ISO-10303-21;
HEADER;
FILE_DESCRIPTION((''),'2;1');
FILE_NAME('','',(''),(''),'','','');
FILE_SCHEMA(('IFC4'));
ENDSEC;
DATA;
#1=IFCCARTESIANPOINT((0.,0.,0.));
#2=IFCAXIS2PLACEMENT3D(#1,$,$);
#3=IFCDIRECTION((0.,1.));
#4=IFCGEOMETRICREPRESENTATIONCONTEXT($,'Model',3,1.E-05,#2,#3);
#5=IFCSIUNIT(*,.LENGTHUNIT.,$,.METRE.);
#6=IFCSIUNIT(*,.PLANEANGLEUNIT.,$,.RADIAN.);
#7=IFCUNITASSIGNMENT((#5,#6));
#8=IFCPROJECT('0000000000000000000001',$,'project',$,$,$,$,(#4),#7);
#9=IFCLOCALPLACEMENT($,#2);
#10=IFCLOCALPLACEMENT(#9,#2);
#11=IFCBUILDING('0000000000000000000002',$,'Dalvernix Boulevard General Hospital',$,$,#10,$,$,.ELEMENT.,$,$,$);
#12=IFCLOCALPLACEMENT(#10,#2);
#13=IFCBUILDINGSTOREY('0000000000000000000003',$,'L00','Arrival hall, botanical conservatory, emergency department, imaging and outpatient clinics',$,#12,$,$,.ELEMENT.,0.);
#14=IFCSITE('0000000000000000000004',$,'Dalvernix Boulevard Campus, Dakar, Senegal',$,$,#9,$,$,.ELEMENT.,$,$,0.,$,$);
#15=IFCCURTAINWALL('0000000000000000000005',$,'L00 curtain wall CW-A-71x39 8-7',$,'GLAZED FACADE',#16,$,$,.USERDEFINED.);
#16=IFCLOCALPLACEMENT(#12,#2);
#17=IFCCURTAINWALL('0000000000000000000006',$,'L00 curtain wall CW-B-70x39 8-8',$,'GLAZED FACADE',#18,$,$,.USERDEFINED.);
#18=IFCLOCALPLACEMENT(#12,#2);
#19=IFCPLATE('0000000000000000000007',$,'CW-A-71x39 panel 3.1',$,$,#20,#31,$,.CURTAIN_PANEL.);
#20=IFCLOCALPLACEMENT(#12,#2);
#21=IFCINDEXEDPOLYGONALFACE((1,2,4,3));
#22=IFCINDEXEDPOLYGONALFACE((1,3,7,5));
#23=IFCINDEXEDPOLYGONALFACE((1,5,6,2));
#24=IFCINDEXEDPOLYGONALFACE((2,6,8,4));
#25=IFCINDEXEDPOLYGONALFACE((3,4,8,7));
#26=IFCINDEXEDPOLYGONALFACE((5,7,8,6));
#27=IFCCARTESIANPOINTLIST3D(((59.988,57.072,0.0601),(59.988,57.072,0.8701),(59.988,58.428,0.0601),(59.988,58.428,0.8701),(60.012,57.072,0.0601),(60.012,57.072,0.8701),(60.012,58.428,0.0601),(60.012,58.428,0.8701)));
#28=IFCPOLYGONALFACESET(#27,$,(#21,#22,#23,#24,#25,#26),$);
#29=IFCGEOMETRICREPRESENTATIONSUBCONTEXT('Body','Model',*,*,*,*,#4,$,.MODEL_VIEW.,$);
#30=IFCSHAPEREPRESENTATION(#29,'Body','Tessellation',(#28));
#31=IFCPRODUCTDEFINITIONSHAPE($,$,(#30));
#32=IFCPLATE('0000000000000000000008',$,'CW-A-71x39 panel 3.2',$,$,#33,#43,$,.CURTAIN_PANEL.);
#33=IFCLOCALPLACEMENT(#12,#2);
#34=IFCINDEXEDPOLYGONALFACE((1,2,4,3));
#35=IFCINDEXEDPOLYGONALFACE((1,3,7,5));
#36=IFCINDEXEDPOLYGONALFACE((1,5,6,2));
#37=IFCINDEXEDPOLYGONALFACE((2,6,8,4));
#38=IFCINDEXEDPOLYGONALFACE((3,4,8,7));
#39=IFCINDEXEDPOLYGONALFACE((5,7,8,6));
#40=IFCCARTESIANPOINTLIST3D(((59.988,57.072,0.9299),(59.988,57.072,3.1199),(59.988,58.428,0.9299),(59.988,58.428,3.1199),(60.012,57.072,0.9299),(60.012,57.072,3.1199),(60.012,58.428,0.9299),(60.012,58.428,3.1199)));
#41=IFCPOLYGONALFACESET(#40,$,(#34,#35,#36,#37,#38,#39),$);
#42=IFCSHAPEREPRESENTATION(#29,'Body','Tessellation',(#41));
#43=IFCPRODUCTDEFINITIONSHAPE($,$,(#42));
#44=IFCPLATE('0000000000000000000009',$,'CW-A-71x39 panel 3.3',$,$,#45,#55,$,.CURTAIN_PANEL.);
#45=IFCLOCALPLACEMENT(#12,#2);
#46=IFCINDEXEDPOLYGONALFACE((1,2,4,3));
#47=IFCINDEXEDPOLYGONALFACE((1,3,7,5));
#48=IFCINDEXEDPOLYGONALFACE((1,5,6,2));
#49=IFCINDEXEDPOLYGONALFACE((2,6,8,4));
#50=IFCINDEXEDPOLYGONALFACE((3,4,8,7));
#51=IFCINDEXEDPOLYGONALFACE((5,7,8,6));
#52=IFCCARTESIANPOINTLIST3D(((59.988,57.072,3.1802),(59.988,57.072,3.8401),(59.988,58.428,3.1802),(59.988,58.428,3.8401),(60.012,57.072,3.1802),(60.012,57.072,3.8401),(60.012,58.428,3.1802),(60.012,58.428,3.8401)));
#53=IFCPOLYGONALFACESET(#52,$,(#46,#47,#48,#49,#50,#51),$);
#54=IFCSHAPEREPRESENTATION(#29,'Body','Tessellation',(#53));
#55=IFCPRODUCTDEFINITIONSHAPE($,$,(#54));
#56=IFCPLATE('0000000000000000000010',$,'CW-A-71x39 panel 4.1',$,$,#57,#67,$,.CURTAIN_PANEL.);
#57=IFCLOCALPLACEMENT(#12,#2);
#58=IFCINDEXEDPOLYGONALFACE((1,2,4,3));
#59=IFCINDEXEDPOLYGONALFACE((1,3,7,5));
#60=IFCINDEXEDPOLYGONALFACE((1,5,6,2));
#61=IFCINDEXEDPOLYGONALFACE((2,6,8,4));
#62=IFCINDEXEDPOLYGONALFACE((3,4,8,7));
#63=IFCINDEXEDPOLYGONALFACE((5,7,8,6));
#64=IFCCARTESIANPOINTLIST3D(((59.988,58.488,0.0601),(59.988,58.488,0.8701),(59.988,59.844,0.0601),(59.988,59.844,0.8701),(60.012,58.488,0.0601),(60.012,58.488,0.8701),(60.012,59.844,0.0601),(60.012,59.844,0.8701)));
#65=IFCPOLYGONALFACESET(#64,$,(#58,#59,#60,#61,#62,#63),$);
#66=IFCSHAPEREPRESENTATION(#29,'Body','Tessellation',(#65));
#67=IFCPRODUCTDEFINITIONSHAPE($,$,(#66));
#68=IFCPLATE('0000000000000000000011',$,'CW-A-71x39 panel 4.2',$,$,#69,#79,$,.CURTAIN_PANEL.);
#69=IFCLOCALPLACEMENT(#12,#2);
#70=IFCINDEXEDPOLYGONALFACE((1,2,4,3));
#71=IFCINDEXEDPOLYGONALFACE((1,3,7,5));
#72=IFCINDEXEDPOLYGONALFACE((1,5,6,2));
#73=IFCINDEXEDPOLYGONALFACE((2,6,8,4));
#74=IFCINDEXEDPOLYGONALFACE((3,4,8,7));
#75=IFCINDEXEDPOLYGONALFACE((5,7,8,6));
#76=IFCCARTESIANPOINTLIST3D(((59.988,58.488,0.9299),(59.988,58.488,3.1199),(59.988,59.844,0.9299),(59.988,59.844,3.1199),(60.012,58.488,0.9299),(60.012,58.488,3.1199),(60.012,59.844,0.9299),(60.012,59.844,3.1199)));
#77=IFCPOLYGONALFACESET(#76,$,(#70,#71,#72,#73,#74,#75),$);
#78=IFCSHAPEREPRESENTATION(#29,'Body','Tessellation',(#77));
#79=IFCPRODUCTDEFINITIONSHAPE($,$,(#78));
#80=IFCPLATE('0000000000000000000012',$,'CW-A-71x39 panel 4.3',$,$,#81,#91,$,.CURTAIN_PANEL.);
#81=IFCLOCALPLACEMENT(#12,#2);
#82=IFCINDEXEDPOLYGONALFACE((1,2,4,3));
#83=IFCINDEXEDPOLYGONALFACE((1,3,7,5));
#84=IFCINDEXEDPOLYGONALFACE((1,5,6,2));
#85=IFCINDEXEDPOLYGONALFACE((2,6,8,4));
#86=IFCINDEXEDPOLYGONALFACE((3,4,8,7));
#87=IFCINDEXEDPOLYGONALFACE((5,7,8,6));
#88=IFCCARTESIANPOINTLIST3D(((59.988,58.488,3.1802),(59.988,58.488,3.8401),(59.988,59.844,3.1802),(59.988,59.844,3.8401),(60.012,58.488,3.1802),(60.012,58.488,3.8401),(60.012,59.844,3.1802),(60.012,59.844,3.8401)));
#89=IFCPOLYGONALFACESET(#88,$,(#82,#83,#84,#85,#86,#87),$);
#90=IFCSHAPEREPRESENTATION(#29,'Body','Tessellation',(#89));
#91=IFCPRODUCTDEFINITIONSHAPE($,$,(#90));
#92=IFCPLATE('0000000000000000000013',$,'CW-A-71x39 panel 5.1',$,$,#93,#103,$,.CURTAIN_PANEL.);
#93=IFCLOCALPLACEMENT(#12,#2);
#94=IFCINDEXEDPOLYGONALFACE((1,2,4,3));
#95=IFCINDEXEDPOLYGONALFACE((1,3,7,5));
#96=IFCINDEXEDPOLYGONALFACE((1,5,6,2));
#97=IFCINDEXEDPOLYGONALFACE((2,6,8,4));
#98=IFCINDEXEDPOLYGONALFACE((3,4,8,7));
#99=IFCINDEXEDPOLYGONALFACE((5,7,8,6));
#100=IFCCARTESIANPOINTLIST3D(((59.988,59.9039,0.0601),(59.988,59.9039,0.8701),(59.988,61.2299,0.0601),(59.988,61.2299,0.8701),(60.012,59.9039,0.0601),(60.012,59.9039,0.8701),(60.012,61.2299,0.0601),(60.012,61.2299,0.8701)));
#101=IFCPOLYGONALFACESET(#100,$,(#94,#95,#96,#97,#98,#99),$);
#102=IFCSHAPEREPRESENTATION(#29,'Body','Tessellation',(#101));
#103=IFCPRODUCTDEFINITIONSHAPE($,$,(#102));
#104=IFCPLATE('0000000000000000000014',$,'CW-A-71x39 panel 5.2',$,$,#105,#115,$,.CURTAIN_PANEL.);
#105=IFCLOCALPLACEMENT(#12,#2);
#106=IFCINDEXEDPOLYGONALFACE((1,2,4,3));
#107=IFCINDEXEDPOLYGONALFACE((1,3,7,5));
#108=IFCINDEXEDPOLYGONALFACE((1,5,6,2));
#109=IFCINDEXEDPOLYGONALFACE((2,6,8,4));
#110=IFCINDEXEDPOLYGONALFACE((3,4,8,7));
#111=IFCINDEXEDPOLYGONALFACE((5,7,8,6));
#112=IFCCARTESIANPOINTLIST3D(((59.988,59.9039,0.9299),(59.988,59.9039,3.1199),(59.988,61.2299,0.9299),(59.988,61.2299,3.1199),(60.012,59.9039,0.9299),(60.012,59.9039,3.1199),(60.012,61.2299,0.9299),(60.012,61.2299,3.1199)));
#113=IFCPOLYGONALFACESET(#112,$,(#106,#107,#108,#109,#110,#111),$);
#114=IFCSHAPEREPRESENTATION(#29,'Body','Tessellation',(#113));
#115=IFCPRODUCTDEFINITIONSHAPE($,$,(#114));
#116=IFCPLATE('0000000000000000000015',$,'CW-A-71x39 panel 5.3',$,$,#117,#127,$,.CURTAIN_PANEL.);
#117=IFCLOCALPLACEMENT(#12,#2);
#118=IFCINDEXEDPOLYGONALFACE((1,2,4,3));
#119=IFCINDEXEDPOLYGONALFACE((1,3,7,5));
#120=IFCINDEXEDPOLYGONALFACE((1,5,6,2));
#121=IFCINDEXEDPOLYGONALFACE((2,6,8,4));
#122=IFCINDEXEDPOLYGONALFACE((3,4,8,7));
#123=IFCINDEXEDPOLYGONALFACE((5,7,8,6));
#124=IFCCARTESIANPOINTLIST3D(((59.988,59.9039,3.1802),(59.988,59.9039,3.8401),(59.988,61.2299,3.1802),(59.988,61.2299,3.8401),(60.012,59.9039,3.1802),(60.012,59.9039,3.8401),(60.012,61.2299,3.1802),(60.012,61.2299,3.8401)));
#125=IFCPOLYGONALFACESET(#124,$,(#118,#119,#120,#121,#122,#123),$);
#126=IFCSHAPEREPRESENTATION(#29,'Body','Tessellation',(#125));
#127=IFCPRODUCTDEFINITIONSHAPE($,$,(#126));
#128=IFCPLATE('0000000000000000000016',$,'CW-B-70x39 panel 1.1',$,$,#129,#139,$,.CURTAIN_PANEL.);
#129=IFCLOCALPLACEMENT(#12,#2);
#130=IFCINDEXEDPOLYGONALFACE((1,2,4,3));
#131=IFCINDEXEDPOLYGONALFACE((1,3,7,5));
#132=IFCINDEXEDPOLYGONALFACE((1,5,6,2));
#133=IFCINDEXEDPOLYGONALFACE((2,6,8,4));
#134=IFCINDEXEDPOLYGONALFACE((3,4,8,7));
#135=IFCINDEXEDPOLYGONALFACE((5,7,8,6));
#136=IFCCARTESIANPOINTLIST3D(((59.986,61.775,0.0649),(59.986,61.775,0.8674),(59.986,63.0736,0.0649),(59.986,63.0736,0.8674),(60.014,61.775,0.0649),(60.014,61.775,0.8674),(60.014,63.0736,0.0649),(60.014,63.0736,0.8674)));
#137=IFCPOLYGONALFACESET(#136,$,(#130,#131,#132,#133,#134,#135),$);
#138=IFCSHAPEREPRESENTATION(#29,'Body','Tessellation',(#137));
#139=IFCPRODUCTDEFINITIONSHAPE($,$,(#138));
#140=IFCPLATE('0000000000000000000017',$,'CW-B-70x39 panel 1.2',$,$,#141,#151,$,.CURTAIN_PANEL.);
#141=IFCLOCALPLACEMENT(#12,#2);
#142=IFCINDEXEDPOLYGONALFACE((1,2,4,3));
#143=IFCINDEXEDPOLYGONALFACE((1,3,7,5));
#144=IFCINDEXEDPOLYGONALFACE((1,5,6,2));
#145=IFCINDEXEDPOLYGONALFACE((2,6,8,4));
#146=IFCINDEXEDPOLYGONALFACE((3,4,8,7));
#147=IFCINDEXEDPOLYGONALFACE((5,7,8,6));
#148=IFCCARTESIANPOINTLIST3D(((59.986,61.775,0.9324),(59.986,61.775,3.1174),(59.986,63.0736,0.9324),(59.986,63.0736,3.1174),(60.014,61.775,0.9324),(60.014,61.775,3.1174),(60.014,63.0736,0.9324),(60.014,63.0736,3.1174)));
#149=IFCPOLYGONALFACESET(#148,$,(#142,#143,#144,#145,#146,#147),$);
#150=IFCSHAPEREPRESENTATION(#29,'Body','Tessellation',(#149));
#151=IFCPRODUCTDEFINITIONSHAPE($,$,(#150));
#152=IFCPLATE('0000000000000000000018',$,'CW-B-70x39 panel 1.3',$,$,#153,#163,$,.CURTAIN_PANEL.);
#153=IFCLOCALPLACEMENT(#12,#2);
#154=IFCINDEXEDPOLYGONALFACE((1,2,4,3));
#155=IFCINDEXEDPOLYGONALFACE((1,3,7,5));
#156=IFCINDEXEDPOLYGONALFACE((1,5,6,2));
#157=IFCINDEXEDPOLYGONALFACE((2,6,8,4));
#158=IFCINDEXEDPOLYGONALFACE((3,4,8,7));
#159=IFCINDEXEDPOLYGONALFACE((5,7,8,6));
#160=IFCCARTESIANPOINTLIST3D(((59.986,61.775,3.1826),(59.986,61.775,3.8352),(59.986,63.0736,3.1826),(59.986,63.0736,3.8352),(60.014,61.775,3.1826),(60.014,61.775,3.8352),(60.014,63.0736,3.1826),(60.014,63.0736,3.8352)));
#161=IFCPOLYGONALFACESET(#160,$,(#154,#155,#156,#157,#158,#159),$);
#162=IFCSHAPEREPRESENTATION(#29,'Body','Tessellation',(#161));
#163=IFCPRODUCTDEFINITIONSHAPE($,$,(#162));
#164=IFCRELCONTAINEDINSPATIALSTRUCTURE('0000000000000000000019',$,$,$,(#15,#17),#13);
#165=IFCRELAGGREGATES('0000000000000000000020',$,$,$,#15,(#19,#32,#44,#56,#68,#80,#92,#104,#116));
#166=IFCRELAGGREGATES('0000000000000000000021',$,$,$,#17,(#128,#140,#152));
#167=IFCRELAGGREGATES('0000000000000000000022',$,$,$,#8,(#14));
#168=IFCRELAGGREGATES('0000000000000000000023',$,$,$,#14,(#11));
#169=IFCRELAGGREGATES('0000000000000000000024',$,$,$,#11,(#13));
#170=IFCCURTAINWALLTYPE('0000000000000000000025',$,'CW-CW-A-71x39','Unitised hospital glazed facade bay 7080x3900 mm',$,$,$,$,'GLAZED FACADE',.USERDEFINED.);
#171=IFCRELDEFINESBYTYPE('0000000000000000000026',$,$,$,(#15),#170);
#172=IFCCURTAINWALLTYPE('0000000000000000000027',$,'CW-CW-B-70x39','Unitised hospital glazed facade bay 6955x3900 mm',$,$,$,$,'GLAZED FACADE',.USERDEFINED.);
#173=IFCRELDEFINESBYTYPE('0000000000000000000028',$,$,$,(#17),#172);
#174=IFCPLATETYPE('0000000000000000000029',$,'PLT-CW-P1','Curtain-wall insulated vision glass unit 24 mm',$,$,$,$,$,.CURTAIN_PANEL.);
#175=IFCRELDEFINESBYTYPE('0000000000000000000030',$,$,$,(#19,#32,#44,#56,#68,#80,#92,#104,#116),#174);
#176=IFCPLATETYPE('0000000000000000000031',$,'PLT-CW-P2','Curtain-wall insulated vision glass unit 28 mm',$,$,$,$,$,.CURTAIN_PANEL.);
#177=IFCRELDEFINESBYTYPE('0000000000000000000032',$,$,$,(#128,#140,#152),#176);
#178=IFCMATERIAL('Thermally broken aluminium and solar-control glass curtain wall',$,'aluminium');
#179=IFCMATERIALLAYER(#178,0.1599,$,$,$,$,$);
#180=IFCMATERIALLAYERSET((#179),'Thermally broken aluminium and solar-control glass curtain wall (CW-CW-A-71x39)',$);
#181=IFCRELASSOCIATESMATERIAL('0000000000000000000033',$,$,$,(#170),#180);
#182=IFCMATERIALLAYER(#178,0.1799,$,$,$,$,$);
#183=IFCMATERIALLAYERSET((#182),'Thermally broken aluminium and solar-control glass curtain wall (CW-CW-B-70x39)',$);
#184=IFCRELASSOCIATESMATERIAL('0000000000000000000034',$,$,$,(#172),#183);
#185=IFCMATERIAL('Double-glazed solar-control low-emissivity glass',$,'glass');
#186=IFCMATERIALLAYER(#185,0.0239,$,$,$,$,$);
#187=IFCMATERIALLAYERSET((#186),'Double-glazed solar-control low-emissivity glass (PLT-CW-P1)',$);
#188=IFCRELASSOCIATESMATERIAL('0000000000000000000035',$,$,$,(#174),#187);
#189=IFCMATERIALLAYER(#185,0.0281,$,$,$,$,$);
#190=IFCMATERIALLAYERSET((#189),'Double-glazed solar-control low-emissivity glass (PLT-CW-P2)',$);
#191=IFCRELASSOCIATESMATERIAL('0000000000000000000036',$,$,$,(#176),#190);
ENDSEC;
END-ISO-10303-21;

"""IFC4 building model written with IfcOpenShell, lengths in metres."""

from ifc_helpers import new_model, si_unit, direction, frame, origin, origin_2d, place, context, subcontext, project, spatial, rectangle, extrude, material, layer, layer_set, type_object, element, aggregate, save


model = new_model("IFC4")

# Units and contexts
model_context = context("Model", 3, precision=1e-05, world=origin(), true_north=direction((0.0, 1.0)))
body_context = subcontext(model_context, "Body", "Model", "MODEL_VIEW")
ifc_project = project(units=[si_unit("LENGTHUNIT", "METRE"), si_unit("PLANEANGLEUNIT", "RADIAN")], contexts=[model_context])

# Site, building, storey
site_placement = place(None, origin())
site = spatial("IfcSite", under=ifc_project, at=site_placement, Name="Dalvernix Boulevard Campus, Dakar, Senegal", CompositionType="ELEMENT", RefElevation=0.0)
building_placement = place(site_placement, origin())
building = spatial("IfcBuilding", under=site, at=building_placement, Name="Dalvernix Boulevard General Hospital", CompositionType="ELEMENT")
storey_placement = place(building_placement, origin())
storey = spatial("IfcBuildingStorey", under=building, at=storey_placement, Name="L00", Description="Arrival hall, botanical conservatory, emergency department, imaging and outpatient clinics", CompositionType="ELEMENT", Elevation=0.0)

# Curtain walls
ifc_material_1 = material(Name="Thermally broken aluminium and solar-control glass curtain wall", Category="aluminium")
ifc_layer_1 = layer(ifc_material_1, 0.1599)
ifc_layer_set_1 = layer_set([ifc_layer_1], Name="Thermally broken aluminium and solar-control glass curtain wall (CW-CW-A-71x39)")
curtain_wall_type_1 = type_object("IfcCurtainWallType", Name="CW-CW-A-71x39", Description="Unitised hospital glazed facade bay 7080x3900 mm", ElementType="GLAZED FACADE", PredefinedType="USERDEFINED", material=ifc_layer_set_1)
curtain_wall_1_placement = place(storey_placement, origin())
curtain_wall_1 = element("IfcCurtainWall", 1, at=curtain_wall_1_placement, inside=storey, type_object=curtain_wall_type_1, Name="L00 curtain wall CW-A-71x39 8-7", ObjectType="GLAZED FACADE", PredefinedType="USERDEFINED")
ifc_layer_2 = layer(ifc_material_1, 0.1799)
ifc_layer_set_2 = layer_set([ifc_layer_2], Name="Thermally broken aluminium and solar-control glass curtain wall (CW-CW-B-70x39)")
curtain_wall_type_2 = type_object("IfcCurtainWallType", Name="CW-CW-B-70x39", Description="Unitised hospital glazed facade bay 6955x3900 mm", ElementType="GLAZED FACADE", PredefinedType="USERDEFINED", material=ifc_layer_set_2)
curtain_wall_2_placement = place(storey_placement, origin())
curtain_wall_2 = element("IfcCurtainWall", 2, at=curtain_wall_2_placement, inside=storey, type_object=curtain_wall_type_2, Name="L00 curtain wall CW-B-70x39 8-8", ObjectType="GLAZED FACADE", PredefinedType="USERDEFINED")

# Plates
ifc_material_2 = material(Name="Double-glazed solar-control low-emissivity glass", Category="glass")
ifc_layer_3 = layer(ifc_material_2, 0.0239)
ifc_layer_set_3 = layer_set([ifc_layer_3], Name="Double-glazed solar-control low-emissivity glass (PLT-CW-P1)")
plate_type_1 = type_object("IfcPlateType", Name="PLT-CW-P1", Description="Curtain-wall insulated vision glass unit 24 mm", PredefinedType="CURTAIN_PANEL", material=ifc_layer_set_3)
plate_1_placement = place(storey_placement, frame((60.0, 57.75, 0.0601), z_axis=(0.0, 0.0, 1.0), x_axis=(0.0, 1.0, 0.0)))
plate_1 = element("IfcPlate", 3, at=plate_1_placement, type_object=plate_type_1, Name="CW-A-71x39 panel 3.1", PredefinedType="CURTAIN_PANEL", context=body_context, shape_type="SweptSolid", body=[
    extrude(rectangle(XDim=1.356, YDim=0.0239, at=origin_2d()), origin(), (0.0, 0.0, 1.0), 0.8101),
])
plate_2_placement = place(storey_placement, frame((60.0, 57.75, 0.9299), z_axis=(0.0, 0.0, 1.0), x_axis=(0.0, 1.0, 0.0)))
plate_2 = element("IfcPlate", 4, at=plate_2_placement, type_object=plate_type_1, Name="CW-A-71x39 panel 3.2", PredefinedType="CURTAIN_PANEL", context=body_context, shape_type="SweptSolid", body=[
    extrude(rectangle(XDim=1.356, YDim=0.0239, at=origin_2d()), origin(), (0.0, 0.0, 1.0), 2.1899),
])
plate_3_placement = place(storey_placement, frame((60.0, 57.75, 3.1802), z_axis=(0.0, 0.0, 1.0), x_axis=(0.0, 1.0, 0.0)))
plate_3 = element("IfcPlate", 5, at=plate_3_placement, type_object=plate_type_1, Name="CW-A-71x39 panel 3.3", PredefinedType="CURTAIN_PANEL", context=body_context, shape_type="SweptSolid", body=[
    extrude(rectangle(XDim=1.356, YDim=0.0239, at=origin_2d()), origin(), (0.0, 0.0, 1.0), 0.6599),
])
plate_4_placement = place(storey_placement, frame((60.0, 59.166, 0.0601), z_axis=(0.0, 0.0, 1.0), x_axis=(0.0, 1.0, 0.0)))
plate_4 = element("IfcPlate", 6, at=plate_4_placement, type_object=plate_type_1, Name="CW-A-71x39 panel 4.1", PredefinedType="CURTAIN_PANEL", context=body_context, shape_type="SweptSolid", body=[
    extrude(rectangle(XDim=1.356, YDim=0.0239, at=origin_2d()), origin(), (0.0, 0.0, 1.0), 0.8101),
])
plate_5_placement = place(storey_placement, frame((60.0, 59.166, 0.9299), z_axis=(0.0, 0.0, 1.0), x_axis=(0.0, 1.0, 0.0)))
plate_5 = element("IfcPlate", 7, at=plate_5_placement, type_object=plate_type_1, Name="CW-A-71x39 panel 4.2", PredefinedType="CURTAIN_PANEL", context=body_context, shape_type="SweptSolid", body=[
    extrude(rectangle(XDim=1.356, YDim=0.0239, at=origin_2d()), origin(), (0.0, 0.0, 1.0), 2.1899),
])
plate_6_placement = place(storey_placement, frame((60.0, 59.166, 3.1802), z_axis=(0.0, 0.0, 1.0), x_axis=(0.0, 1.0, 0.0)))
plate_6 = element("IfcPlate", 8, at=plate_6_placement, type_object=plate_type_1, Name="CW-A-71x39 panel 4.3", PredefinedType="CURTAIN_PANEL", context=body_context, shape_type="SweptSolid", body=[
    extrude(rectangle(XDim=1.356, YDim=0.0239, at=origin_2d()), origin(), (0.0, 0.0, 1.0), 0.6599),
])
plate_7_placement = place(storey_placement, frame((60.0, 60.5669, 0.0601), z_axis=(0.0, 0.0, 1.0), x_axis=(0.0, 1.0, 0.0)))
plate_7 = element("IfcPlate", 9, at=plate_7_placement, type_object=plate_type_1, Name="CW-A-71x39 panel 5.1", PredefinedType="CURTAIN_PANEL", context=body_context, shape_type="SweptSolid", body=[
    extrude(rectangle(XDim=1.3259, YDim=0.0239, at=origin_2d()), origin(), (0.0, 0.0, 1.0), 0.8101),
])
plate_8_placement = place(storey_placement, frame((60.0, 60.5669, 0.9299), z_axis=(0.0, 0.0, 1.0), x_axis=(0.0, 1.0, 0.0)))
plate_8 = element("IfcPlate", 10, at=plate_8_placement, type_object=plate_type_1, Name="CW-A-71x39 panel 5.2", PredefinedType="CURTAIN_PANEL", context=body_context, shape_type="SweptSolid", body=[
    extrude(rectangle(XDim=1.3259, YDim=0.0239, at=origin_2d()), origin(), (0.0, 0.0, 1.0), 2.1899),
])
plate_9_placement = place(storey_placement, frame((60.0, 60.5669, 3.1802), z_axis=(0.0, 0.0, 1.0), x_axis=(0.0, 1.0, 0.0)))
plate_9 = element("IfcPlate", 11, at=plate_9_placement, type_object=plate_type_1, Name="CW-A-71x39 panel 5.3", PredefinedType="CURTAIN_PANEL", context=body_context, shape_type="SweptSolid", body=[
    extrude(rectangle(XDim=1.3259, YDim=0.0239, at=origin_2d()), origin(), (0.0, 0.0, 1.0), 0.6599),
])
aggregate(curtain_wall_1, [plate_1, plate_2, plate_3, plate_4, plate_5, plate_6, plate_7, plate_8, plate_9])
ifc_layer_4 = layer(ifc_material_2, 0.0281)
ifc_layer_set_4 = layer_set([ifc_layer_4], Name="Double-glazed solar-control low-emissivity glass (PLT-CW-P2)")
plate_type_2 = type_object("IfcPlateType", Name="PLT-CW-P2", Description="Curtain-wall insulated vision glass unit 28 mm", PredefinedType="CURTAIN_PANEL", material=ifc_layer_set_4)
plate_10_placement = place(storey_placement, frame((60.0, 62.4243, 0.0649), z_axis=(0.0, 0.0, 1.0), x_axis=(0.0, 1.0, 0.0)))
plate_10 = element("IfcPlate", 12, at=plate_10_placement, type_object=plate_type_2, Name="CW-B-70x39 panel 1.1", PredefinedType="CURTAIN_PANEL", context=body_context, shape_type="SweptSolid", body=[
    extrude(rectangle(XDim=1.2986, YDim=0.0281, at=origin_2d()), origin(), (0.0, 0.0, 1.0), 0.8025),
])
plate_11_placement = place(storey_placement, frame((60.0, 62.4243, 0.9324), z_axis=(0.0, 0.0, 1.0), x_axis=(0.0, 1.0, 0.0)))
plate_11 = element("IfcPlate", 13, at=plate_11_placement, type_object=plate_type_2, Name="CW-B-70x39 panel 1.2", PredefinedType="CURTAIN_PANEL", context=body_context, shape_type="SweptSolid", body=[
    extrude(rectangle(XDim=1.2986, YDim=0.0281, at=origin_2d()), origin(), (0.0, 0.0, 1.0), 2.1851),
])
plate_12_placement = place(storey_placement, frame((60.0, 62.4243, 3.1826), z_axis=(0.0, 0.0, 1.0), x_axis=(0.0, 1.0, 0.0)))
plate_12 = element("IfcPlate", 14, at=plate_12_placement, type_object=plate_type_2, Name="CW-B-70x39 panel 1.3", PredefinedType="CURTAIN_PANEL", context=body_context, shape_type="SweptSolid", body=[
    extrude(rectangle(XDim=1.2986, YDim=0.0281, at=origin_2d()), origin(), (0.0, 0.0, 1.0), 0.6526),
])
aggregate(curtain_wall_2, [plate_10, plate_11, plate_12])

save(model, "model.ifc")
